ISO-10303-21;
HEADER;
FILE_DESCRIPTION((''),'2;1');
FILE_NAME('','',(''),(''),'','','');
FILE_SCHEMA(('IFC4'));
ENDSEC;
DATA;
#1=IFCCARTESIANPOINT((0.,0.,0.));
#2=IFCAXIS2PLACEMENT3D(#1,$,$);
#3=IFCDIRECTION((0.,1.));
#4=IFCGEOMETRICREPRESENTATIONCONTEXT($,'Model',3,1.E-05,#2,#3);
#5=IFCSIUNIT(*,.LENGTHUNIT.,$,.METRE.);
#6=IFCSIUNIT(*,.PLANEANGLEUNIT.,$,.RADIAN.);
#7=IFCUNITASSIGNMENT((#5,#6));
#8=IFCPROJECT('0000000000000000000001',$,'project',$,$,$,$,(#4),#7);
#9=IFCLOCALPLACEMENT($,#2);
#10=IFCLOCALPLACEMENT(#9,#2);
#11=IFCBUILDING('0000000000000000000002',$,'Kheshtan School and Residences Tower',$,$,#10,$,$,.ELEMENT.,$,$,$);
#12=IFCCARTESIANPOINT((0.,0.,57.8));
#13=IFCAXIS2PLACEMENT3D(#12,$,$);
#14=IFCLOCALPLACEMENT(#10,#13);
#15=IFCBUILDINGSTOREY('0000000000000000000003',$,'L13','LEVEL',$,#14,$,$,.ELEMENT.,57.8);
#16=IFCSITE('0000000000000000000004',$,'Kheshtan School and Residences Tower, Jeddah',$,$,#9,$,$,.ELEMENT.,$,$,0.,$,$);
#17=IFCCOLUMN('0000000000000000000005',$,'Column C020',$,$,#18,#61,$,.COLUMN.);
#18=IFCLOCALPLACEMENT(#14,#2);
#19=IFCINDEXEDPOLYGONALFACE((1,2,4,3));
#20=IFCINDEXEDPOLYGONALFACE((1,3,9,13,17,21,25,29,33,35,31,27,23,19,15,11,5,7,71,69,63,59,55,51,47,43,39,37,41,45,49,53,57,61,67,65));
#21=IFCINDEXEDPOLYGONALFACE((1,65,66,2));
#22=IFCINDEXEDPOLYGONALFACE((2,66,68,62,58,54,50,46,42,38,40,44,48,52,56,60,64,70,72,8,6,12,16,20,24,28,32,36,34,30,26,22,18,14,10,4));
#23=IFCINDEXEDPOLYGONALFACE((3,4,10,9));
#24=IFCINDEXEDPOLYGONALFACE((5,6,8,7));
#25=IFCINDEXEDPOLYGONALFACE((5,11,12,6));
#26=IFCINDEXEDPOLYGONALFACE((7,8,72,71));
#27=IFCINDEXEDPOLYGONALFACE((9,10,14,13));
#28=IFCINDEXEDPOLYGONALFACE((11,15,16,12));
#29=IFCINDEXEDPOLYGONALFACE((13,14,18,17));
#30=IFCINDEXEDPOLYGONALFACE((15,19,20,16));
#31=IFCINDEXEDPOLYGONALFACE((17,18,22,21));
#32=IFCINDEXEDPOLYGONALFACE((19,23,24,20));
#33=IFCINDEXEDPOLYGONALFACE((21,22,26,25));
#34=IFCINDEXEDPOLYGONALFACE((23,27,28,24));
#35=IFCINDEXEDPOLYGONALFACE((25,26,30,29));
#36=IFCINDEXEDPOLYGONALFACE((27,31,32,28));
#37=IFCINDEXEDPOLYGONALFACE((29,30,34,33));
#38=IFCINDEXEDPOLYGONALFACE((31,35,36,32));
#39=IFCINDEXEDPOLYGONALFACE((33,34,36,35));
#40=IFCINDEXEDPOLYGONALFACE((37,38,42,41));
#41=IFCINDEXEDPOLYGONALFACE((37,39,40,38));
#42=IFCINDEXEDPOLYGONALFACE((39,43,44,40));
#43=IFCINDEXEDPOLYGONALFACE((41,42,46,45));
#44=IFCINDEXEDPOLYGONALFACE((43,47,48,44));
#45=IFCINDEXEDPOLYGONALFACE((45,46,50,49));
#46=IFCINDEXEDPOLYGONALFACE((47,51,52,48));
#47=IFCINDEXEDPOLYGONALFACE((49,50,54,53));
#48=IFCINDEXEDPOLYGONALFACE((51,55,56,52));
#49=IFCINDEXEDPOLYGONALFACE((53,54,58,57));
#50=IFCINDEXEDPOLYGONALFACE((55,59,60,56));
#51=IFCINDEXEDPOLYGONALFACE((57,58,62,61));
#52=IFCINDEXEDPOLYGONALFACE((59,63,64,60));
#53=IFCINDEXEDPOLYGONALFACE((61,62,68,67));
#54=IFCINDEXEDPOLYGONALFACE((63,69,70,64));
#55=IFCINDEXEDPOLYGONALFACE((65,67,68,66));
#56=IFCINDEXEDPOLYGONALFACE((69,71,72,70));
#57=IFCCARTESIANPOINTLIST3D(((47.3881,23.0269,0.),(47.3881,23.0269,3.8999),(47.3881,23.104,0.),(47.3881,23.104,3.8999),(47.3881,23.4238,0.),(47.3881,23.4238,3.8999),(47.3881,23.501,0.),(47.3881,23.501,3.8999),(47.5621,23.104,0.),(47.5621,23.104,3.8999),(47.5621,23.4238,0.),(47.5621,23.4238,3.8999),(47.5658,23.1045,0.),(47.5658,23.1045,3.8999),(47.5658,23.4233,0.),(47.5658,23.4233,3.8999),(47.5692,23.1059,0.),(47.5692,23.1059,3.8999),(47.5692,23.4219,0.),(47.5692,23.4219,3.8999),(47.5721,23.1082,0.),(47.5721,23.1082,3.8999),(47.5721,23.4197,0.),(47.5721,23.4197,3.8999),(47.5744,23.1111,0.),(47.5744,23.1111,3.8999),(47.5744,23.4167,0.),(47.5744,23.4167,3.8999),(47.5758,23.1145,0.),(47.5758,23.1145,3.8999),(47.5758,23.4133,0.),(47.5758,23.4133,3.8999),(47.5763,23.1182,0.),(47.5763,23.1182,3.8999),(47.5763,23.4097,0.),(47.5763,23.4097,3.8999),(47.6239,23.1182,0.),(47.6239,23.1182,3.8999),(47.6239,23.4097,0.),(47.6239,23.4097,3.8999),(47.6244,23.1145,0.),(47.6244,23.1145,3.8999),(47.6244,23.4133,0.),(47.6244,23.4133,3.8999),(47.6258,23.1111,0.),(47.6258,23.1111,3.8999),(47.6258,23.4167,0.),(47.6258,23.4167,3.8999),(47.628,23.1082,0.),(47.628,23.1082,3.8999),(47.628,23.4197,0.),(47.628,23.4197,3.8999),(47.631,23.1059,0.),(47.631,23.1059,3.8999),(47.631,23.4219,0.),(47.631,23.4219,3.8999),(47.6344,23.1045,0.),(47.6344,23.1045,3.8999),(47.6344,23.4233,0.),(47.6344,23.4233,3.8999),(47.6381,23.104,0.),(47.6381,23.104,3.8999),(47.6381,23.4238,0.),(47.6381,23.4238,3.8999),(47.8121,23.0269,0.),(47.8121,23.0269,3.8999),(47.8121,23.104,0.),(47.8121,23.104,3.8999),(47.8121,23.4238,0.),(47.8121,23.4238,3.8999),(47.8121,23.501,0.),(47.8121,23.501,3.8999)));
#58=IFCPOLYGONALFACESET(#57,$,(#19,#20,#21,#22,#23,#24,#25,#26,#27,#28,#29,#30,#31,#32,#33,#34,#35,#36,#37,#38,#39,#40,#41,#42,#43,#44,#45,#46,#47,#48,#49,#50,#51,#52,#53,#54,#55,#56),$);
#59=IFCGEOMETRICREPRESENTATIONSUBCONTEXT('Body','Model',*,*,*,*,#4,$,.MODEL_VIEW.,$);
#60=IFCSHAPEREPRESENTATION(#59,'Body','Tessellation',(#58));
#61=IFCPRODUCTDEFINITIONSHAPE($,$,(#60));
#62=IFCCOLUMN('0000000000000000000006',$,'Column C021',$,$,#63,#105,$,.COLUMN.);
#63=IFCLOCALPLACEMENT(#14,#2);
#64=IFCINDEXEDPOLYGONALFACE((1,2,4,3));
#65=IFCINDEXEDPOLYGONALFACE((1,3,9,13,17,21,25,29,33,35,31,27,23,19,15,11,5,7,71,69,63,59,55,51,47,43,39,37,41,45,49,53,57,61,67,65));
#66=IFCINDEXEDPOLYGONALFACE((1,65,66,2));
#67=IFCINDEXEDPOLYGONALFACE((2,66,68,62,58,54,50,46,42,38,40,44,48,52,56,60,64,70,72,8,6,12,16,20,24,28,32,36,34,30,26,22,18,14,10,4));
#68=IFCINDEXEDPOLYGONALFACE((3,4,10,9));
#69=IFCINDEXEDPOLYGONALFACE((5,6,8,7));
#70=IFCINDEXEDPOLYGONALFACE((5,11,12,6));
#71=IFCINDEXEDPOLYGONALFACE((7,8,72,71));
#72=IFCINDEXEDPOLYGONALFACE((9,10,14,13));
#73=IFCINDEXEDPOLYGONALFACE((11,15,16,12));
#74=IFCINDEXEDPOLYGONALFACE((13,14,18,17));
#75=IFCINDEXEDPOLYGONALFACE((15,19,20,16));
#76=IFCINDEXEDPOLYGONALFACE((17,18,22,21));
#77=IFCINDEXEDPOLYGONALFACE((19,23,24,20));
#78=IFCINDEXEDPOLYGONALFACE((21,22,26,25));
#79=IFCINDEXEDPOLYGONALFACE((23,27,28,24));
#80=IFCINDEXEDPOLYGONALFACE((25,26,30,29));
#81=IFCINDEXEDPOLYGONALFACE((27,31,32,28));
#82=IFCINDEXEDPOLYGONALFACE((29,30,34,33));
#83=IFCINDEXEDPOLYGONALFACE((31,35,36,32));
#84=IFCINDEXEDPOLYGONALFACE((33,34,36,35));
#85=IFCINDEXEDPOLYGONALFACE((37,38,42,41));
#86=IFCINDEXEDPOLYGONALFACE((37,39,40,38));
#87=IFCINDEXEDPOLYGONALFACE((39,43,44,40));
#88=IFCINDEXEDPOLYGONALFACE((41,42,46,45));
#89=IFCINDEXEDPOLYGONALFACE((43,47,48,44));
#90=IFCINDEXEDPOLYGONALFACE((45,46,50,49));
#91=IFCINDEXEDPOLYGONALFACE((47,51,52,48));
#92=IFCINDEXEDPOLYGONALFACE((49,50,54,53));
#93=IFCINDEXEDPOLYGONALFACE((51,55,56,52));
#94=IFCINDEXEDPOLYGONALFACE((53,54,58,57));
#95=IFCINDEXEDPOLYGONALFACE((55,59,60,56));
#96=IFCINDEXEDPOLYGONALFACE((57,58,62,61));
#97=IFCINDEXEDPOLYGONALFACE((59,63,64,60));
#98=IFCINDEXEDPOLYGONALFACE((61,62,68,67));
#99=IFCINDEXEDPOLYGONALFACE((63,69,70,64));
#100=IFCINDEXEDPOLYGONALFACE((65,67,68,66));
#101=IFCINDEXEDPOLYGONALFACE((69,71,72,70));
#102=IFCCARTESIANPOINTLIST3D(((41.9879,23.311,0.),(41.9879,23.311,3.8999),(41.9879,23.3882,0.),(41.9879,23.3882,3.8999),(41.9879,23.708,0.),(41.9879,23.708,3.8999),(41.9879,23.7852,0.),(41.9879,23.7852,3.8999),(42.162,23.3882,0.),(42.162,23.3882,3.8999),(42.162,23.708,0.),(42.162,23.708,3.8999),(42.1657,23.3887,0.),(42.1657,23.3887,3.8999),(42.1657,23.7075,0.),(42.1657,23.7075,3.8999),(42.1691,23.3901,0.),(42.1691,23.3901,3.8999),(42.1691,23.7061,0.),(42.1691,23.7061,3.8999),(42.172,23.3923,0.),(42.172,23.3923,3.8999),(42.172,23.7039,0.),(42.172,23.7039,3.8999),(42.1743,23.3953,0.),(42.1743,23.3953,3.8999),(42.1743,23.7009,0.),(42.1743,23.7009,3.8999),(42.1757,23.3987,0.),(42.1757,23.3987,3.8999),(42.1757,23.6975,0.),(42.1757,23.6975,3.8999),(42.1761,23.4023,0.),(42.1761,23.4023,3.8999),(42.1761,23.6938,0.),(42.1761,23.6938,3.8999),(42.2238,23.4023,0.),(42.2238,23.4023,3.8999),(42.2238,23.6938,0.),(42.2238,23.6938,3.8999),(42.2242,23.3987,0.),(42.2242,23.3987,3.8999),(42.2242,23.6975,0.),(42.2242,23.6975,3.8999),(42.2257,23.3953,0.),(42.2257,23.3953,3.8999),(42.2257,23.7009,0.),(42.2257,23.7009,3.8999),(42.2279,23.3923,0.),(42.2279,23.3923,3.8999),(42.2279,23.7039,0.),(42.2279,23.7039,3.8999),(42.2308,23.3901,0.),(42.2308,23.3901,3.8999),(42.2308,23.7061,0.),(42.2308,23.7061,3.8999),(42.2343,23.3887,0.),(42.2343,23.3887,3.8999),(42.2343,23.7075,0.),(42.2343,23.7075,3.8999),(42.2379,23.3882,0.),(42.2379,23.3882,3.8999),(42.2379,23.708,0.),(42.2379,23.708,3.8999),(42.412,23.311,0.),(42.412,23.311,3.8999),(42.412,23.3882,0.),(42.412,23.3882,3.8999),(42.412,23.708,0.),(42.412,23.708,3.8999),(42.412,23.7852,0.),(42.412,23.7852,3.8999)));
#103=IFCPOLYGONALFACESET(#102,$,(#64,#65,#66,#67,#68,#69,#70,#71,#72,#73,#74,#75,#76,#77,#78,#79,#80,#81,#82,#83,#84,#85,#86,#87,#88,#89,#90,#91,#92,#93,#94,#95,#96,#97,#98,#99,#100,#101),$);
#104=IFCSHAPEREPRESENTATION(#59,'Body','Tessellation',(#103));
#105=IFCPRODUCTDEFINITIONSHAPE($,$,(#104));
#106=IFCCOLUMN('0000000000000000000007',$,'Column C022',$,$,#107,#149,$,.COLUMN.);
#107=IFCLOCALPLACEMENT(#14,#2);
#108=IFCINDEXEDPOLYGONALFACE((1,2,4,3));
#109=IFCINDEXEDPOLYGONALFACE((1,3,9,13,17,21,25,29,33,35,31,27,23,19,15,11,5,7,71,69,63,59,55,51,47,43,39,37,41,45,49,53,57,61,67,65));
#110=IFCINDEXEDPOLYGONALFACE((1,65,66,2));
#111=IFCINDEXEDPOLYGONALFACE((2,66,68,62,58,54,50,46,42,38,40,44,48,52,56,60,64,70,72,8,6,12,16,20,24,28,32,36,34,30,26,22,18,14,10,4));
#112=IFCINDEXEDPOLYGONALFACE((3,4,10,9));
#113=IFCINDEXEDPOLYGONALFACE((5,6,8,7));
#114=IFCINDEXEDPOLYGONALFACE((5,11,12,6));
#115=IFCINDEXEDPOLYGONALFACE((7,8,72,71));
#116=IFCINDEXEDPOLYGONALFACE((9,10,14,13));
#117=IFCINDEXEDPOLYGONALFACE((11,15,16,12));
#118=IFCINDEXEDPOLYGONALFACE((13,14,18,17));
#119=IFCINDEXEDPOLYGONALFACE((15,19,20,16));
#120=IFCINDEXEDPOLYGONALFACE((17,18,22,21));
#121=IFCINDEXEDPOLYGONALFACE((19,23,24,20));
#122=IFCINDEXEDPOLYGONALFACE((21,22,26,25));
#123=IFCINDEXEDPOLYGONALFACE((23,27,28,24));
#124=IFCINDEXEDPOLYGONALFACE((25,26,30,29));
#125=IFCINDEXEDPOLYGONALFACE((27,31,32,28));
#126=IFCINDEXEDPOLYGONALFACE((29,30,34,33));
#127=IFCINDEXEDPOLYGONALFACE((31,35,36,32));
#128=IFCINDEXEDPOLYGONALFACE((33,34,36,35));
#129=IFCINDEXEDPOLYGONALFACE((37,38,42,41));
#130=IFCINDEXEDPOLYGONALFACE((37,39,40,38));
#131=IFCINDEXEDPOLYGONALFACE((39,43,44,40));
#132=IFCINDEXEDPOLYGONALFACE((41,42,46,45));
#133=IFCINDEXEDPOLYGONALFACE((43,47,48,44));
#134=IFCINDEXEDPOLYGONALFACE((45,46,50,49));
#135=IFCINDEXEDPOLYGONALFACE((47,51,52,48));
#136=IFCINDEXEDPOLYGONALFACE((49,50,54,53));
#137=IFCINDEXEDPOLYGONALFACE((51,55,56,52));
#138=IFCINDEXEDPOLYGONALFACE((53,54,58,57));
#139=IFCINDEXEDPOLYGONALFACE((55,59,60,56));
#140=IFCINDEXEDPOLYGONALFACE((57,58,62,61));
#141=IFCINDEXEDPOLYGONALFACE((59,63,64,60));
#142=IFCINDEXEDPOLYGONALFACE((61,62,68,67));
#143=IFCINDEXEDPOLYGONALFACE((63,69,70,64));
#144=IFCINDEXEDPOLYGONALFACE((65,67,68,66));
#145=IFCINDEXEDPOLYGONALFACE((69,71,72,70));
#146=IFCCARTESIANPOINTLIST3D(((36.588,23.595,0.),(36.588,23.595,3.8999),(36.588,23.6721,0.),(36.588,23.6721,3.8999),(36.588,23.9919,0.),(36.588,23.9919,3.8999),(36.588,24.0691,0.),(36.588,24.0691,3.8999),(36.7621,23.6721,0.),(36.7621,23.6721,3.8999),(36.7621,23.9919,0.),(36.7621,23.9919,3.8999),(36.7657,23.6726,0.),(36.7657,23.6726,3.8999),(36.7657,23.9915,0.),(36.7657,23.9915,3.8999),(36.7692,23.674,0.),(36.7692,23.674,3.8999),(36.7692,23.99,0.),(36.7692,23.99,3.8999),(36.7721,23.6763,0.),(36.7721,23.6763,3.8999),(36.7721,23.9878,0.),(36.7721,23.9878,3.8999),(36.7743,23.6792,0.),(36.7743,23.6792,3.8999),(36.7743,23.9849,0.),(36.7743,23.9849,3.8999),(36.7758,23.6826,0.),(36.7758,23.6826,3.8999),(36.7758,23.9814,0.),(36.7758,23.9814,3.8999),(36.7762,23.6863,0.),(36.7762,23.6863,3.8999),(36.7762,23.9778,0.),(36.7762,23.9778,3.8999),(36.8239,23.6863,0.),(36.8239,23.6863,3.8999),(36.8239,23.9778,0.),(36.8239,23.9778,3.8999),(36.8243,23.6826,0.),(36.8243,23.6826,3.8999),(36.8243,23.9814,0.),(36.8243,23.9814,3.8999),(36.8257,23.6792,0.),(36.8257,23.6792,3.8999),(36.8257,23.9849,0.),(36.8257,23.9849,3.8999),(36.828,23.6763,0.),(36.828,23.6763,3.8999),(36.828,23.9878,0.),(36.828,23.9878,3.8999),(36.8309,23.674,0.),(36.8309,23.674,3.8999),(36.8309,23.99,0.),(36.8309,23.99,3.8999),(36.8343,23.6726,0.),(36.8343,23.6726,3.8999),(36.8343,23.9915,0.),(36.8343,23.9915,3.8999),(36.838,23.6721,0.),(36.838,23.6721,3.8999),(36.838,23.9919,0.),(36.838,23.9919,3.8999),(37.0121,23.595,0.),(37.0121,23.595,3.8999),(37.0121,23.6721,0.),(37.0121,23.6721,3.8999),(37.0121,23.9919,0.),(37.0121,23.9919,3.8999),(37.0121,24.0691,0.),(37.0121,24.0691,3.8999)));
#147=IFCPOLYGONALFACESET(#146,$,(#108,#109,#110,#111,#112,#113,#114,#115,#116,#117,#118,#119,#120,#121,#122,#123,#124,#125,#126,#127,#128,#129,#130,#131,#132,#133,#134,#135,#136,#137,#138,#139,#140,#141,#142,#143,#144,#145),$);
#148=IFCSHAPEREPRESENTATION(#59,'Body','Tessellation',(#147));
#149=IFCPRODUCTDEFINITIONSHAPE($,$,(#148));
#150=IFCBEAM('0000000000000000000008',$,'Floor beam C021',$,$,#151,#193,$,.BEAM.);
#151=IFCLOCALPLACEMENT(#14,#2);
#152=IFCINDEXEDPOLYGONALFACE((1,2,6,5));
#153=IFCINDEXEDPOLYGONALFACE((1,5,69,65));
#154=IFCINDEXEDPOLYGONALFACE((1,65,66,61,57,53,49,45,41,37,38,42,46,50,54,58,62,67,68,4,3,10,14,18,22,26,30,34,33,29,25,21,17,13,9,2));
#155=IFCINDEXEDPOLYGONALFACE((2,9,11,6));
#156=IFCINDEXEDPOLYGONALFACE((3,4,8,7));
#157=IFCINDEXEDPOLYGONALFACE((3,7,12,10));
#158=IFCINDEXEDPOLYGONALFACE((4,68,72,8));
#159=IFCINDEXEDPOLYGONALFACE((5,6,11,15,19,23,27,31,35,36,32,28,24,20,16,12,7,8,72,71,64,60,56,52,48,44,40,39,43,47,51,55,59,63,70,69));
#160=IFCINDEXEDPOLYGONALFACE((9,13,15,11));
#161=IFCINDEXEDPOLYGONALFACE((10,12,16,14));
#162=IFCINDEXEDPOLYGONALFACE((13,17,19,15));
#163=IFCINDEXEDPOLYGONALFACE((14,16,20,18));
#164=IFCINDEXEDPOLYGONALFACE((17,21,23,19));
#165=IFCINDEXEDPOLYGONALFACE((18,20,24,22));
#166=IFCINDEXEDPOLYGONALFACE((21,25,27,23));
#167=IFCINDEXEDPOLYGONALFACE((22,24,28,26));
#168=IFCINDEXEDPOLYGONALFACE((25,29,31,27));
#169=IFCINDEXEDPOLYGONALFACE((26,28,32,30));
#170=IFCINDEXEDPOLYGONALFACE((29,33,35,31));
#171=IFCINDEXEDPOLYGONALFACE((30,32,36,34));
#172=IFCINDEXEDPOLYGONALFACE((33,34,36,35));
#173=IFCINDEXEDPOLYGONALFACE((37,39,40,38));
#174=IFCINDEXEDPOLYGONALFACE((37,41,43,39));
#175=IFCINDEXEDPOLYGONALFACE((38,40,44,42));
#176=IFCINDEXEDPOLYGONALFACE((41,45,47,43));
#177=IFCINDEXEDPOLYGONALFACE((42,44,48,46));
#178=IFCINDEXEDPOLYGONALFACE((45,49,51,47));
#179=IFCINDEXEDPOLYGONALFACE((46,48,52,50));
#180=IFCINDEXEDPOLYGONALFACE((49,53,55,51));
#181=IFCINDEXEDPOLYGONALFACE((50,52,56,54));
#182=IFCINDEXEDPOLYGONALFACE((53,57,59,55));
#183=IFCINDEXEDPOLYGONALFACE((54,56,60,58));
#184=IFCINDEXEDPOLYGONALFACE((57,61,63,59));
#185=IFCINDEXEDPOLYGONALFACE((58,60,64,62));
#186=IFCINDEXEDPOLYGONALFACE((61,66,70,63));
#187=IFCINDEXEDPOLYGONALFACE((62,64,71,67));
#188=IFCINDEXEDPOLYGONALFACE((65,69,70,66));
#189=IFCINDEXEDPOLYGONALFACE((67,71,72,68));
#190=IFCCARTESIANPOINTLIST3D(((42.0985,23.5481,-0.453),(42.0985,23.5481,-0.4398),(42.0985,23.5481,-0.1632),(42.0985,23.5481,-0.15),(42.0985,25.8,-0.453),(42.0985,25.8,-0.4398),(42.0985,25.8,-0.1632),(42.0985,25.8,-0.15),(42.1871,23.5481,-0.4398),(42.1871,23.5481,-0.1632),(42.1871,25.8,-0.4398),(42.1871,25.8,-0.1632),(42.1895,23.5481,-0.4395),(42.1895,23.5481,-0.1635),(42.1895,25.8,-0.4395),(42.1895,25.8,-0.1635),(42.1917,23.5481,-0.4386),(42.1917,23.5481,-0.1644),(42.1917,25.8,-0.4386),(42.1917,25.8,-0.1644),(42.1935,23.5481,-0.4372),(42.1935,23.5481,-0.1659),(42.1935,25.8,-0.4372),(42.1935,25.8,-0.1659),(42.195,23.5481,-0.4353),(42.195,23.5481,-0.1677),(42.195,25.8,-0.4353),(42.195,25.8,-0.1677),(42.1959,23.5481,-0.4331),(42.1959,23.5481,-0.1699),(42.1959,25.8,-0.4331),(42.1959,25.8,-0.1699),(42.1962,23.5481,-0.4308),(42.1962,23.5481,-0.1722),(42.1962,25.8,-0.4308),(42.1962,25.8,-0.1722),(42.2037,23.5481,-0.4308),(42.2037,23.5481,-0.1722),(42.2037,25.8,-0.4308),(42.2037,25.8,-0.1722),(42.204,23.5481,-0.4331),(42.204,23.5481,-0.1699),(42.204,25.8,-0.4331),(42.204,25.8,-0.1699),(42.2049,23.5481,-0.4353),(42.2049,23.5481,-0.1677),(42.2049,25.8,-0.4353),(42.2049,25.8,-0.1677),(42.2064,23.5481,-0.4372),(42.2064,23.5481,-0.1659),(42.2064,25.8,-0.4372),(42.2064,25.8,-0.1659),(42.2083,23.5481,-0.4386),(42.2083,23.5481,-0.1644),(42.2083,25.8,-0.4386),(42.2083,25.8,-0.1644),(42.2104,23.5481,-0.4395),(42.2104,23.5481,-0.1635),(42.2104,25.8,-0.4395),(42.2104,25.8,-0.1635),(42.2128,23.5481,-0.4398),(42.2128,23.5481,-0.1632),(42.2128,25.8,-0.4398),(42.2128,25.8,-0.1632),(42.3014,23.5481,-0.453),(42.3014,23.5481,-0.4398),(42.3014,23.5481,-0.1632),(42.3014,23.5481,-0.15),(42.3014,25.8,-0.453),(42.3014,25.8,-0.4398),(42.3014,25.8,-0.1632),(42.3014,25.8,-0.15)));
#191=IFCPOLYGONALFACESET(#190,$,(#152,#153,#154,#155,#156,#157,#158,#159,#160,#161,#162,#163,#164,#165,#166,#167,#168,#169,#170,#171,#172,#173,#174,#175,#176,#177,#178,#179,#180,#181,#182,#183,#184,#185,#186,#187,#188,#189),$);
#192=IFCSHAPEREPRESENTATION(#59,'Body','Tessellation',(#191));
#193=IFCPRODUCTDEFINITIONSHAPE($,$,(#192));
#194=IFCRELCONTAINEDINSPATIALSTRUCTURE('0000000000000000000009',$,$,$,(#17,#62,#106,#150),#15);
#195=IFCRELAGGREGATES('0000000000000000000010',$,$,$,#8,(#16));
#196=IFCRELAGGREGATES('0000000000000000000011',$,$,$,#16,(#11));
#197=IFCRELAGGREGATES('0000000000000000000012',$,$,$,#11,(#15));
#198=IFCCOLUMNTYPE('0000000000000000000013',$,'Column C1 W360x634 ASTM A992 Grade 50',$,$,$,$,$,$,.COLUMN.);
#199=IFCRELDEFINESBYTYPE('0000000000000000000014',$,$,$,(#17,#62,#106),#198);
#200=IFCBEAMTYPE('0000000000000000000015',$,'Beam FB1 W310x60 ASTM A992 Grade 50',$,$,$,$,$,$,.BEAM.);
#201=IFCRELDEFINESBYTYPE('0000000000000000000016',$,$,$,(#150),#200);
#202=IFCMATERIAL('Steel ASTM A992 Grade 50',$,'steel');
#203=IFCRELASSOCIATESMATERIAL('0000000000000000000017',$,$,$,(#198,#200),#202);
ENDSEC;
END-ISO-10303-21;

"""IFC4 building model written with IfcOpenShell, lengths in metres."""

from ifc_helpers import new_model, si_unit, direction, frame, origin, origin_2d, place, context, subcontext, project, spatial, i_section, extrude, material, material_profile, profile_set, type_object, element, save


model = new_model("IFC4")

# Units and contexts
model_context = context("Model", 3, precision=1e-05, world=origin(), true_north=direction((0.0, 1.0)))
body_context = subcontext(model_context, "Body", "Model", "MODEL_VIEW")
ifc_project = project(units=[si_unit("LENGTHUNIT", "METRE"), si_unit("PLANEANGLEUNIT", "RADIAN")], contexts=[model_context])

# Site, building, storey
site_placement = place(None, origin())
site = spatial("IfcSite", under=ifc_project, at=site_placement, Name="Kheshtan School and Residences Tower, Jeddah", CompositionType="ELEMENT", RefElevation=0.0)
building_placement = place(site_placement, origin())
building = spatial("IfcBuilding", under=site, at=building_placement, Name="Kheshtan School and Residences Tower", CompositionType="ELEMENT")
storey_placement = place(building_placement, frame((0.0, 0.0, 57.8)))
storey = spatial("IfcBuildingStorey", under=building, at=storey_placement, Name="L13", Description="LEVEL", CompositionType="ELEMENT", Elevation=57.8)

# Columns
ifc_material_1 = material(Name="Steel ASTM A992 Grade 50", Category="steel")
ifc_material_profile_1 = material_profile(ifc_material_1, i_section(OverallWidth=0.4241, OverallDepth=0.4741, WebThickness=0.0476, FlangeThickness=0.0771, FilletRadius=0.0142, at=origin_2d()), Name="W360x634")
ifc_profile_set_1 = profile_set([ifc_material_profile_1], Name="Steel ASTM A992 Grade 50")
column_type = type_object("IfcColumnType", Name="Column C1 W360x634 ASTM A992 Grade 50", PredefinedType="COLUMN", material=ifc_profile_set_1)
for number, where, z_axis, x_axis, name in (
    (1, (47.6001, 23.2639, 0.0), (0.0, 0.0, 1.0), (1.0, 0.0, 0.0), "Column C020"),
    (2, (42.2, 23.5481, 0.0), (0.0, 0.0, 1.0), (1.0, 0.0, 0.0), "Column C021"),
    (3, (36.8, 23.832, 0.0), (0.0, 0.0, 1.0), (1.0, 0.0, 0.0), "Column C022"),
):
    element("IfcColumn", number, at=place(storey_placement, frame(where, z_axis=z_axis, x_axis=x_axis)), inside=storey, type_object=column_type, Name=name, PredefinedType="COLUMN", context=body_context, shape_type="SweptSolid", body=[
        extrude(i_section(OverallWidth=0.4241, OverallDepth=0.4741, WebThickness=0.0476, FlangeThickness=0.0771, FilletRadius=0.0142, at=origin_2d()), origin(), (0.0, 0.0, 1.0), 3.8999),
    ])

# Beam
ifc_material_profile_2 = material_profile(ifc_material_1, i_section(OverallWidth=0.2029, OverallDepth=0.303, WebThickness=0.0076, FlangeThickness=0.0132, FilletRadius=0.009, at=origin_2d()), Name="W310x60")
ifc_profile_set_2 = profile_set([ifc_material_profile_2], Name="Steel ASTM A992 Grade 50")
beam_type_1 = type_object("IfcBeamType", Name="Beam FB1 W310x60 ASTM A992 Grade 50", PredefinedType="BEAM", material=ifc_profile_set_2)
beam_1_placement = place(storey_placement, frame((42.2, 23.5481, -0.3015), z_axis=(0.0, 1.0, 0.0), x_axis=(-1.0, 0.0, 0.0)))
element("IfcBeam", 4, at=beam_1_placement, inside=storey, type_object=beam_type_1, Name="Floor beam C021", PredefinedType="BEAM", context=body_context, shape_type="SweptSolid", body=[
    extrude(i_section(OverallWidth=0.2029, OverallDepth=0.303, WebThickness=0.0076, FlangeThickness=0.0132, FilletRadius=0.009, at=origin_2d()), origin(), (0.0, 0.0, 1.0), 2.252),
])

save(model, "model.ifc")
